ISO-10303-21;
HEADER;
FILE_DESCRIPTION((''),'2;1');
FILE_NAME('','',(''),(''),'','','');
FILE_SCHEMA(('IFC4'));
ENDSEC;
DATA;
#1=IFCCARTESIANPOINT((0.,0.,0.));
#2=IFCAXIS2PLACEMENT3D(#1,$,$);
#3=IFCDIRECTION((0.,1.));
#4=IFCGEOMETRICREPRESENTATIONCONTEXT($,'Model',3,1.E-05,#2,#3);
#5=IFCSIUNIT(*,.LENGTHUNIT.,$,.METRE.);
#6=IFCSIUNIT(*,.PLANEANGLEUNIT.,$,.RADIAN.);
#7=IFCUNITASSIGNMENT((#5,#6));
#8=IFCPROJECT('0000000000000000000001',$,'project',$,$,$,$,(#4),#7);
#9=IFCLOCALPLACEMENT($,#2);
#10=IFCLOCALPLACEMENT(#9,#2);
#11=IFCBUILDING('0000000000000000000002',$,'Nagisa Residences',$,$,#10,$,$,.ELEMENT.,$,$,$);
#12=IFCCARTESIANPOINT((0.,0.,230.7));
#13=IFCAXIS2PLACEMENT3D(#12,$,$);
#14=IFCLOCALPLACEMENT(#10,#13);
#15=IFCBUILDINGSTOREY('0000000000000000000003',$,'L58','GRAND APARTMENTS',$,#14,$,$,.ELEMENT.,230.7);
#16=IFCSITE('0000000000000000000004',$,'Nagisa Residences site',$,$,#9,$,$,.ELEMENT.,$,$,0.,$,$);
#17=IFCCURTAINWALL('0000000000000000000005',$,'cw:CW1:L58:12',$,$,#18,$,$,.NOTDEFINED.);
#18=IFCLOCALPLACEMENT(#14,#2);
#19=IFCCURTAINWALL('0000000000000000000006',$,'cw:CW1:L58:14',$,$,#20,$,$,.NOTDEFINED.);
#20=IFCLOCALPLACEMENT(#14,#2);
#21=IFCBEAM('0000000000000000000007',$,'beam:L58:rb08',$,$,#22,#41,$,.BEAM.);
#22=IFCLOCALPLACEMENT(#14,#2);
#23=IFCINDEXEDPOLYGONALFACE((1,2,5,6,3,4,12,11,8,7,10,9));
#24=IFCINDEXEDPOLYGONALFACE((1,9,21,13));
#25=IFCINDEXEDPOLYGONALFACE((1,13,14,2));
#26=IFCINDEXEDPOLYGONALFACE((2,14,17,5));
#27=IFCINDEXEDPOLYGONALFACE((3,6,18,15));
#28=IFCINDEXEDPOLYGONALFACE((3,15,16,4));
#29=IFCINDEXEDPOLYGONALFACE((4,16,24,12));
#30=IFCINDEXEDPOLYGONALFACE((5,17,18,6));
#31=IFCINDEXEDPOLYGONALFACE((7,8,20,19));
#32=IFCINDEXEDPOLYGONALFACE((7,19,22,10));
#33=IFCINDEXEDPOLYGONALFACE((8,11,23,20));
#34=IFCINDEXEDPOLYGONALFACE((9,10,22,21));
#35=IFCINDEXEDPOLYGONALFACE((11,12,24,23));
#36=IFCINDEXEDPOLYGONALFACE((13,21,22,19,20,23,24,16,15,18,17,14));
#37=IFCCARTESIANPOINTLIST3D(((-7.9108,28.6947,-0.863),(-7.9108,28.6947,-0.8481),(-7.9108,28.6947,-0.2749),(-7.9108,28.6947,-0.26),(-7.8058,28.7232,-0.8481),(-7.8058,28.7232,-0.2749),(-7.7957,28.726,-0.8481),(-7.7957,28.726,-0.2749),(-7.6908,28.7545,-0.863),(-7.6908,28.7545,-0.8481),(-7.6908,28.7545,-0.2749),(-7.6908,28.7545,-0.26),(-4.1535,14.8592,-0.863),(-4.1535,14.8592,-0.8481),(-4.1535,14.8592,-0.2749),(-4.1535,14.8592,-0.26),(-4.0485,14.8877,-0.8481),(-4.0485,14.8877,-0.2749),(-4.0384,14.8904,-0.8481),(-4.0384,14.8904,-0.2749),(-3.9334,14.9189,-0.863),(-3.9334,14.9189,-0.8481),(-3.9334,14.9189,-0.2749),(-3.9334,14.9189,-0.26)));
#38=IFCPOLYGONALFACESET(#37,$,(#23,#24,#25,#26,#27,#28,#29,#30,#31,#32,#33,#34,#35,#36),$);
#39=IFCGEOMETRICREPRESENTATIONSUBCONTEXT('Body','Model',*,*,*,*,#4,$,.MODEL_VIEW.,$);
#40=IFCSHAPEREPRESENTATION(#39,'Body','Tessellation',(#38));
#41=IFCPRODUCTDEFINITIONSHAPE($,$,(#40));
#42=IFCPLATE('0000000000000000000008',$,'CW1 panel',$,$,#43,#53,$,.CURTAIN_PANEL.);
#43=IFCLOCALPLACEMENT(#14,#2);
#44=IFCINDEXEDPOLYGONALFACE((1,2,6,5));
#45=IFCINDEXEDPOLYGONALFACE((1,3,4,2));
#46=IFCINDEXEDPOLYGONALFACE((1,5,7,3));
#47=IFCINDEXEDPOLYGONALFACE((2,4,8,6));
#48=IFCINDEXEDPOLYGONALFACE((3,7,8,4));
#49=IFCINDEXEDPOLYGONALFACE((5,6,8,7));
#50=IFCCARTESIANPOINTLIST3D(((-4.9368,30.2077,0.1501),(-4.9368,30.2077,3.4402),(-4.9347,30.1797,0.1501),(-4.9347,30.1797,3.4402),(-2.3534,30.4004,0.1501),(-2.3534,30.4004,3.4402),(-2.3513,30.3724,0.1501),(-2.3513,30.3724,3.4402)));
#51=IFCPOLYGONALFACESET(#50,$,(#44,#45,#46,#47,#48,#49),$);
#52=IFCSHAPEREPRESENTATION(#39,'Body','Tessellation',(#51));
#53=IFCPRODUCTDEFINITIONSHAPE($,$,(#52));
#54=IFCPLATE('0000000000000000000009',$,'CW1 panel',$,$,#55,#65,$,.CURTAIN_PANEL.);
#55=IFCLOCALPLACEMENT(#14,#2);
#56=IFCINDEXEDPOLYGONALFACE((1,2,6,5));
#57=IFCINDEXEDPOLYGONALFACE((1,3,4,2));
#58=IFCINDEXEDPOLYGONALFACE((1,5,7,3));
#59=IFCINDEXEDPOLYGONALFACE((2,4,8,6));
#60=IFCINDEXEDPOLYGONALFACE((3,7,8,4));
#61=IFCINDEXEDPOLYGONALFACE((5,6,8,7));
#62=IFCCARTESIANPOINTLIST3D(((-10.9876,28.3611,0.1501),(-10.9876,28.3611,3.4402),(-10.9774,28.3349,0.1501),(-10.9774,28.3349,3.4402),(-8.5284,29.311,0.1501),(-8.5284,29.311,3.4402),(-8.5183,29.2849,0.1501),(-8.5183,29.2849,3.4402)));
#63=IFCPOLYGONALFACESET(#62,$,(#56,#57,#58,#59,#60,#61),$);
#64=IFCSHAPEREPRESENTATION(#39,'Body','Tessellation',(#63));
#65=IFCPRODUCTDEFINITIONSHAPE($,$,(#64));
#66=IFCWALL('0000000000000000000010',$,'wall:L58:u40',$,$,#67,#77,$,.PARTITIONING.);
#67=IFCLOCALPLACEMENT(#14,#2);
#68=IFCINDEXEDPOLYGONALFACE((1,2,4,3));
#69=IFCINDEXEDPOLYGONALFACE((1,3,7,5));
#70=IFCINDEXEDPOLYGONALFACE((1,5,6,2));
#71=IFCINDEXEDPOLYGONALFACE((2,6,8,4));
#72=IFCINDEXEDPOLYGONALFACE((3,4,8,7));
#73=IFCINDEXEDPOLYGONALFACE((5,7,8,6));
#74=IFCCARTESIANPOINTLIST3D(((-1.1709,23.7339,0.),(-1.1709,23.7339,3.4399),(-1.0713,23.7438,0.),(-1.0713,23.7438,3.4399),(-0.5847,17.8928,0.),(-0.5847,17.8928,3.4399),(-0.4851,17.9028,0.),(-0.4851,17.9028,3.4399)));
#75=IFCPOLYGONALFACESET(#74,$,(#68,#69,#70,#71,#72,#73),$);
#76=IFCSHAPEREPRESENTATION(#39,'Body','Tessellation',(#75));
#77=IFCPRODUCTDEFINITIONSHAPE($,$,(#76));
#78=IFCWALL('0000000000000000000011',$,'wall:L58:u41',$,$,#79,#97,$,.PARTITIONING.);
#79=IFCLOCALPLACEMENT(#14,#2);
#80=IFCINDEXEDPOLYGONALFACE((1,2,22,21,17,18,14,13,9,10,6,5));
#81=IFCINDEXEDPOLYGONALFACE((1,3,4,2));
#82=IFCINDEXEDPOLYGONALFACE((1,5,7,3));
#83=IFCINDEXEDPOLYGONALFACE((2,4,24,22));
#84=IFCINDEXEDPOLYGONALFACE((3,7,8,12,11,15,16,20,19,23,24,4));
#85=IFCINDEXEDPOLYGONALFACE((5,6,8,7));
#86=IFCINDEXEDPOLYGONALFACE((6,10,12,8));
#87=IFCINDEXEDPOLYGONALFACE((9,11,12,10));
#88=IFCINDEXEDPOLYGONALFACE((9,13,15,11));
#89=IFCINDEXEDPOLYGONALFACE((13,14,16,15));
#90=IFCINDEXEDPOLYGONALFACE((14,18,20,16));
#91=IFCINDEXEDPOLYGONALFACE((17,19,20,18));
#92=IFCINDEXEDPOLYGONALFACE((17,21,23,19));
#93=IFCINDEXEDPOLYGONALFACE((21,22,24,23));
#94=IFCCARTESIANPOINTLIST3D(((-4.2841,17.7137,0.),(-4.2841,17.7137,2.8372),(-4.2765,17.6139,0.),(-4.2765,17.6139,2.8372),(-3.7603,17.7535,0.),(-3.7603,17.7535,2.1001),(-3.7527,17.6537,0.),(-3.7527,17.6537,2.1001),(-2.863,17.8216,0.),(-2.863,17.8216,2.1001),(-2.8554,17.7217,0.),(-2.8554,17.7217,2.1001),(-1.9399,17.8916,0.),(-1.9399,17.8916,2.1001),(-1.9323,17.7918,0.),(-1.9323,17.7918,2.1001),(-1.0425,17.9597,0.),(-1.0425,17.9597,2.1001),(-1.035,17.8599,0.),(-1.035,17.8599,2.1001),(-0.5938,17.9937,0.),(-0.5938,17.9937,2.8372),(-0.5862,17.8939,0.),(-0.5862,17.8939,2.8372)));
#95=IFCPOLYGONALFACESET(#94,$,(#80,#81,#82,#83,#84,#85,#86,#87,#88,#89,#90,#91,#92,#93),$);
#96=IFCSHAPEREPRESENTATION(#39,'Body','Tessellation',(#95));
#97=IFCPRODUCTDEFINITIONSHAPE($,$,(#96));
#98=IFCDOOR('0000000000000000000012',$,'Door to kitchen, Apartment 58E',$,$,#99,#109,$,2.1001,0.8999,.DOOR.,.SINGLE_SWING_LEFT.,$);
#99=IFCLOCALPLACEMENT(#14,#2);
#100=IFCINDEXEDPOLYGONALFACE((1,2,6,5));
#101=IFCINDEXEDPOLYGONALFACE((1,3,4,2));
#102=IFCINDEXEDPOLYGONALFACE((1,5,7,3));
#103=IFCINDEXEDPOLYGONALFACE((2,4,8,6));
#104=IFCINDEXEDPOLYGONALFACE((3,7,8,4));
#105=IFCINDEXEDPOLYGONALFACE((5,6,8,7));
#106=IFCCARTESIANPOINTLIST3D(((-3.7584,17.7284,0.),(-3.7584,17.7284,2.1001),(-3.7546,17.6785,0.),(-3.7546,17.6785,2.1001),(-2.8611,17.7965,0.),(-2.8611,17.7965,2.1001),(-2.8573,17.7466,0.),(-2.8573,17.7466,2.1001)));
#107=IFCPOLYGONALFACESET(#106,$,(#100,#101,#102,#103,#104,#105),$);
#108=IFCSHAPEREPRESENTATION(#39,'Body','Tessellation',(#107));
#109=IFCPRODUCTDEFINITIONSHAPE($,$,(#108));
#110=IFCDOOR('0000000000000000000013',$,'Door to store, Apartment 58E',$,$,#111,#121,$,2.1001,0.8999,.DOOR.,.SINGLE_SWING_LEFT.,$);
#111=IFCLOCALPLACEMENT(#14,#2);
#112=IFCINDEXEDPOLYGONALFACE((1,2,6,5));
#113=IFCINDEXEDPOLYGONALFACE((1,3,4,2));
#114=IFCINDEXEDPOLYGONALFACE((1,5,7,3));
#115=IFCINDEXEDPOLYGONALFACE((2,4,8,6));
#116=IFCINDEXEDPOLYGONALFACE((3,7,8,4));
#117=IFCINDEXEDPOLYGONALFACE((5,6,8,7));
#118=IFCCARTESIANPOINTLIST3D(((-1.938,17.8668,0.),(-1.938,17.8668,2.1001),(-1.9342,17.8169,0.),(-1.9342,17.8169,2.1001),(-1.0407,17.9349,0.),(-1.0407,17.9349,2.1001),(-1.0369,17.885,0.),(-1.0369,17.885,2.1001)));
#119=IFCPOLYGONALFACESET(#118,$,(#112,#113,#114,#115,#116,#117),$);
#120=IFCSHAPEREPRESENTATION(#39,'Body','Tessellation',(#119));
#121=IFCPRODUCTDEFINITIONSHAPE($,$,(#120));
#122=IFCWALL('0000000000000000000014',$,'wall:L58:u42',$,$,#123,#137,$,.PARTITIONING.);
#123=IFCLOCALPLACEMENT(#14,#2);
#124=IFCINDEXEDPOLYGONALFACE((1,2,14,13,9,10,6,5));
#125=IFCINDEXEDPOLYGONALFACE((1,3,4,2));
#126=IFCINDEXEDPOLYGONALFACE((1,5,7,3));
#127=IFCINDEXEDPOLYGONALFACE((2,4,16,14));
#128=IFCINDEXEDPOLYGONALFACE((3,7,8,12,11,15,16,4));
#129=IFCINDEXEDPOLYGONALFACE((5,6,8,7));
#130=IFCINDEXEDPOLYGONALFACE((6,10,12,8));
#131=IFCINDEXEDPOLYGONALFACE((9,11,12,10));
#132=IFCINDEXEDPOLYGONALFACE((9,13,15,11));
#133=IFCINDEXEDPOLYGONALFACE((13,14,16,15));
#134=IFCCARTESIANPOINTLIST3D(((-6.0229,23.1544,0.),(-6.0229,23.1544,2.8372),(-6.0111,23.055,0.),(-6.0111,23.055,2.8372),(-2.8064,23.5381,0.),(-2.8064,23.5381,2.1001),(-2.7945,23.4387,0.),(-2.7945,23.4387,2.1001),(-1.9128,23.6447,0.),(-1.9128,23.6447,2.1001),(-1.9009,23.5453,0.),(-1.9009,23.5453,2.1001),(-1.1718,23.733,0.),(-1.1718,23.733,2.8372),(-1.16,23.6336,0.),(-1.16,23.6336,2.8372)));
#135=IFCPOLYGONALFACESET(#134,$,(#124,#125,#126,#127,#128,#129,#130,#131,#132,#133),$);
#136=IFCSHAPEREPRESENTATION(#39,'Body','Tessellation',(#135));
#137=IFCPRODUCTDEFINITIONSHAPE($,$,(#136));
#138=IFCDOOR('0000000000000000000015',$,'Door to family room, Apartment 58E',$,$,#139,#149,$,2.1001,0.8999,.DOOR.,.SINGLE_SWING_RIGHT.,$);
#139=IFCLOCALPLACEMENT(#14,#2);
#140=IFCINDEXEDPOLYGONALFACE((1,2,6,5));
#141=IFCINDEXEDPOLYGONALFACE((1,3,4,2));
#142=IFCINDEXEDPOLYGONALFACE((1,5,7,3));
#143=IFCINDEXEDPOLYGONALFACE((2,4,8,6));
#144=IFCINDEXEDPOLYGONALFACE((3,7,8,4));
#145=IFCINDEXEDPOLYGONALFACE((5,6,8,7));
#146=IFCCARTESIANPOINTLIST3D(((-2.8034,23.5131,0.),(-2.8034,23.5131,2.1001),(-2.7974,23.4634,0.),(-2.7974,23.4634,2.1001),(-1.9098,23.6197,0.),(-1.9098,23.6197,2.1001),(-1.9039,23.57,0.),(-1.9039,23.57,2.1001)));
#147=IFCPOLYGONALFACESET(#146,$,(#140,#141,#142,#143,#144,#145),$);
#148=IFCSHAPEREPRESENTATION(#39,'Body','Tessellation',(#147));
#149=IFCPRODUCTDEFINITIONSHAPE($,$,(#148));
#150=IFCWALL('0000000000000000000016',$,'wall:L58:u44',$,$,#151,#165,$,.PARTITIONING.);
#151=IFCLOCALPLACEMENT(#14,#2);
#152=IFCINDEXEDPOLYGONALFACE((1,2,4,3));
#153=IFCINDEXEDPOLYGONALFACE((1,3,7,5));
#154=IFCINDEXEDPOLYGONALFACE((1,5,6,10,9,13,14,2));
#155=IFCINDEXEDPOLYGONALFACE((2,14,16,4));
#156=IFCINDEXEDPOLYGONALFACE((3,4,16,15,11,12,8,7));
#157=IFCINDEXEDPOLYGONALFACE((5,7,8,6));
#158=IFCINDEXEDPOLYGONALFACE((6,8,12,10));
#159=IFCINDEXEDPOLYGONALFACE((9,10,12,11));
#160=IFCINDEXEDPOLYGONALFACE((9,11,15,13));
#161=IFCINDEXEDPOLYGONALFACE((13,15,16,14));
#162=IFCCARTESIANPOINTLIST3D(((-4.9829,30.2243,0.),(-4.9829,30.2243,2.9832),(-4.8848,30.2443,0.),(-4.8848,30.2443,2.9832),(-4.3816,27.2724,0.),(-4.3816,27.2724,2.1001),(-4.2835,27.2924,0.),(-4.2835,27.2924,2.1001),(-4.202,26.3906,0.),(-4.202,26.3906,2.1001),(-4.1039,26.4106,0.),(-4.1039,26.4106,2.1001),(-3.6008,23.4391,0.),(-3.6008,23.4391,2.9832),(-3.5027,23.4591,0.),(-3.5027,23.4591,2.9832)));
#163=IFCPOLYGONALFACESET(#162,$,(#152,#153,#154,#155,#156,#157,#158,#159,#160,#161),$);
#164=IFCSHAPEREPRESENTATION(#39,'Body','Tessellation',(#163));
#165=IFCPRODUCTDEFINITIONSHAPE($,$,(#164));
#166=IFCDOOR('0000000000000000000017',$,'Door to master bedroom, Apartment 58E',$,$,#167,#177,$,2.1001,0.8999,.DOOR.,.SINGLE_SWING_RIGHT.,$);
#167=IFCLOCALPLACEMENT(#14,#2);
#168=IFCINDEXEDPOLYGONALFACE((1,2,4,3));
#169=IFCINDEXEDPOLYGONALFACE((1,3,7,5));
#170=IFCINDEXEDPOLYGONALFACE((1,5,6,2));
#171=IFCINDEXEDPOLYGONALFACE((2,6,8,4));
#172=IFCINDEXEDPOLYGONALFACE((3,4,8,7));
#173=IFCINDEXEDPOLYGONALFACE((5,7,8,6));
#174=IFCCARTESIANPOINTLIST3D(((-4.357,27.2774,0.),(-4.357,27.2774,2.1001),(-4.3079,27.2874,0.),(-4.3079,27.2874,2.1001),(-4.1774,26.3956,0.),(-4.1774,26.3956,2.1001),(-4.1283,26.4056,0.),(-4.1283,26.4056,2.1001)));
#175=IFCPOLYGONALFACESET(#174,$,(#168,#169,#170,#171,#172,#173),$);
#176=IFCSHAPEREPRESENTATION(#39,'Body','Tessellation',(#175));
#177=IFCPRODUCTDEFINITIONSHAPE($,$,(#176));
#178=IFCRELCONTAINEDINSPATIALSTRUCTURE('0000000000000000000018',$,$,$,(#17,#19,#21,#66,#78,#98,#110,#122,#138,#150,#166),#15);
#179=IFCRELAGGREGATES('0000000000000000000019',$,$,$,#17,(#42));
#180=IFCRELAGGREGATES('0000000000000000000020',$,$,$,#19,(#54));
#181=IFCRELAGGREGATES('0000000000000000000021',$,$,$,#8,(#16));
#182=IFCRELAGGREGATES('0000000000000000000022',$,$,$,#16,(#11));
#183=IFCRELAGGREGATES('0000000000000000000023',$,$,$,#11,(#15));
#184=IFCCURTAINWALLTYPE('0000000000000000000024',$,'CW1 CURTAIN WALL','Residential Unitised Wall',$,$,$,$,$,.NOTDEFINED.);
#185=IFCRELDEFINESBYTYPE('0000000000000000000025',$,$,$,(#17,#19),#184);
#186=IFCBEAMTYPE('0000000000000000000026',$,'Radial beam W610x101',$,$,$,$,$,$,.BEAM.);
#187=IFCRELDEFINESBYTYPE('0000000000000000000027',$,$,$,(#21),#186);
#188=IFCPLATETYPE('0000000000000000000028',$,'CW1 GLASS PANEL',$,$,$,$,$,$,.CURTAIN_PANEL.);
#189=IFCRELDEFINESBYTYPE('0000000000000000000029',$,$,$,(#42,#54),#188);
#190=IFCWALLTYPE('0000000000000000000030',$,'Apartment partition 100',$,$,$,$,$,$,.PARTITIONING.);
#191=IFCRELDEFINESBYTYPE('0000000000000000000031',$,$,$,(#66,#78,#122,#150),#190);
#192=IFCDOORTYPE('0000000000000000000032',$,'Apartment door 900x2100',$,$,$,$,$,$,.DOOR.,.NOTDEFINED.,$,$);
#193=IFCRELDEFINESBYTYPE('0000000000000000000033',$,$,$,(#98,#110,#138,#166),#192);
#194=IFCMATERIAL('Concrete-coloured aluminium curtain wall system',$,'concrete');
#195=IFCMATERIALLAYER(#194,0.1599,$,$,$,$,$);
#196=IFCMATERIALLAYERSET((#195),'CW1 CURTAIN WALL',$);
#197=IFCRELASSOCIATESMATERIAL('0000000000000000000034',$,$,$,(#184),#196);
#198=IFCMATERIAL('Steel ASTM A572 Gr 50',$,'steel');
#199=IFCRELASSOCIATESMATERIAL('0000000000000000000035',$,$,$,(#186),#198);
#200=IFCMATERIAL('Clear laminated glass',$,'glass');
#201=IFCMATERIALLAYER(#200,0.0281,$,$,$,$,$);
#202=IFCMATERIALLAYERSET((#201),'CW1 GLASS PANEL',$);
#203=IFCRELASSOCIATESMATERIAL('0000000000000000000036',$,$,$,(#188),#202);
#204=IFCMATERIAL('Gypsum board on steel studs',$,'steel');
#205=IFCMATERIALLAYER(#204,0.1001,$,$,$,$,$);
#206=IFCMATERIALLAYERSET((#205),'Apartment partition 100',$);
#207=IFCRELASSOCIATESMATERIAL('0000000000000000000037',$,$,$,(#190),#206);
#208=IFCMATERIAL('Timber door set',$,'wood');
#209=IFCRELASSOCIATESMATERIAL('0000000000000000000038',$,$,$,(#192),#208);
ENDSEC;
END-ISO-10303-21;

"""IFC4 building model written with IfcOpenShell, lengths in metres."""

from ifc_helpers import new_model, si_unit, direction, frame, frame_2d, origin, origin_2d, place, context, subcontext, project, spatial, rectangle, i_section, extrude, material, layer, layer_set, material_profile, profile_set, type_object, element, fill, aggregate, save


model = new_model("IFC4")

# Units and contexts
model_context = context("Model", 3, precision=1e-05, world=origin(), true_north=direction((0.0, 1.0)))
body_context = subcontext(model_context, "Body", "Model", "MODEL_VIEW")
ifc_project = project(units=[si_unit("LENGTHUNIT", "METRE"), si_unit("PLANEANGLEUNIT", "RADIAN")], contexts=[model_context])

# Site, building, storey
site_placement = place(None, origin())
site = spatial("IfcSite", under=ifc_project, at=site_placement, Name="Nagisa Residences site", CompositionType="ELEMENT", RefElevation=0.0)
building_placement = place(site_placement, origin())
building = spatial("IfcBuilding", under=site, at=building_placement, Name="Nagisa Residences", CompositionType="ELEMENT")
storey_placement = place(building_placement, frame((0.0, 0.0, 230.7)))
storey = spatial("IfcBuildingStorey", under=building, at=storey_placement, Name="L58", Description="GRAND APARTMENTS", CompositionType="ELEMENT", Elevation=230.7)

# Curtain walls
ifc_material_1 = material(Name="Concrete-coloured aluminium curtain wall system", Category="concrete")
ifc_layer_1 = layer(ifc_material_1, 0.1599)
ifc_layer_set_1 = layer_set([ifc_layer_1], Name="CW1 CURTAIN WALL")
curtain_wall_type = type_object("IfcCurtainWallType", Name="CW1 CURTAIN WALL", Description="Residential Unitised Wall", PredefinedType="NOTDEFINED", material=ifc_layer_set_1)
curtain_wall_1_placement = place(storey_placement, origin())
curtain_wall_1 = element("IfcCurtainWall", 1, at=curtain_wall_1_placement, inside=storey, type_object=curtain_wall_type, Name="cw:CW1:L58:12", PredefinedType="NOTDEFINED")
curtain_wall_2_placement = place(storey_placement, origin())
curtain_wall_2 = element("IfcCurtainWall", 2, at=curtain_wall_2_placement, inside=storey, type_object=curtain_wall_type, Name="cw:CW1:L58:14", PredefinedType="NOTDEFINED")

# Beam
ifc_material_2 = material(Name="Steel ASTM A572 Gr 50", Category="steel")
ifc_material_profile_1 = material_profile(ifc_material_2, i_section(OverallWidth=0.228, OverallDepth=0.603, WebThickness=0.0105, FlangeThickness=0.0149, at=origin_2d()), Name="W610x101")
ifc_profile_set_1 = profile_set([ifc_material_profile_1], Name="Steel ASTM A572 Gr 50")
beam_type_1 = type_object("IfcBeamType", Name="Radial beam W610x101", PredefinedType="BEAM", material=ifc_profile_set_1)
beam_1_placement = place(storey_placement, frame((-7.8008, 28.7246, -0.5615), z_axis=(0.26208, -0.965046, 0.0), x_axis=(0.965046, 0.26208, 0.0)))
element("IfcBeam", 3, at=beam_1_placement, inside=storey, type_object=beam_type_1, Name="beam:L58:rb08", PredefinedType="BEAM", context=body_context, shape_type="SweptSolid", body=[
    extrude(i_section(OverallWidth=0.228, OverallDepth=0.603, WebThickness=0.0105, FlangeThickness=0.0149, at=origin_2d()), origin(), (0.0, 0.0, 1.0), 14.3367),
])

# Plates
ifc_material_3 = material(Name="Clear laminated glass", Category="glass")
ifc_layer_2 = layer(ifc_material_3, 0.0281)
ifc_layer_set_2 = layer_set([ifc_layer_2], Name="CW1 GLASS PANEL")
plate_type = type_object("IfcPlateType", Name="CW1 GLASS PANEL", PredefinedType="CURTAIN_PANEL", material=ifc_layer_set_2)
plate_1_placement = place(storey_placement, frame((-3.644, 30.29, 0.1501), z_axis=(0.0, 0.0, 1.0), x_axis=(-0.99723, -0.074377, 0.0)))
plate_1 = element("IfcPlate", 4, at=plate_1_placement, type_object=plate_type, Name="CW1 panel", PredefinedType="CURTAIN_PANEL", context=body_context, shape_type="SweptSolid", body=[
    extrude(rectangle(XDim=2.5906, YDim=0.0281, at=origin_2d()), origin(), (0.0, 0.0, 1.0), 3.29),
])
aggregate(curtain_wall_1, [plate_1])
plate_2_placement = place(storey_placement, frame((-9.7529, 28.823, 0.1501), z_axis=(0.0, 0.0, 1.0), x_axis=(-0.932826, -0.360328, 0.0)))
plate_2 = element("IfcPlate", 5, at=plate_2_placement, type_object=plate_type, Name="CW1 panel", PredefinedType="CURTAIN_PANEL", context=body_context, shape_type="SweptSolid", body=[
    extrude(rectangle(XDim=2.6362, YDim=0.0281, at=origin_2d()), origin(), (0.0, 0.0, 1.0), 3.29),
])
aggregate(curtain_wall_2, [plate_2])

# Wall
ifc_material_4 = material(Name="Gypsum board on steel studs", Category="steel")
ifc_layer_3 = layer(ifc_material_4, 0.1001)
ifc_layer_set_3 = layer_set([ifc_layer_3], Name="Apartment partition 100")
wall_type_1 = type_object("IfcWallType", Name="Apartment partition 100", PredefinedType="PARTITIONING", material=ifc_layer_set_3)
wall_1_placement = place(storey_placement, frame((-0.5349, 17.8979, 0.0), z_axis=(0.0, 0.0, 1.0), x_axis=(-0.099854, 0.995002, 0.0)))
element("IfcWall", 6, at=wall_1_placement, inside=storey, type_object=wall_type_1, Name="wall:L58:u40", PredefinedType="PARTITIONING", context=body_context, shape_type="SweptSolid", body=[
    extrude(rectangle(XDim=5.8704, YDim=0.1001, at=frame_2d((2.9351, 0.0))), origin(), (0.0, 0.0, 1.0), 3.4399),
])

# Wall, openings, doors
wall_2_placement = place(storey_placement, frame((-0.5898, 17.9438, 0.0), z_axis=(0.0, 0.0, 1.0), x_axis=(-0.997133, -0.075662, 0.0)))
wall_2 = element("IfcWall", 7, at=wall_2_placement, inside=storey, type_object=wall_type_1, Name="wall:L58:u41", PredefinedType="PARTITIONING", context=body_context, shape_type="SweptSolid", body=[
    extrude(rectangle(XDim=3.7009, YDim=0.1001, at=frame_2d((1.8506, 0.0))), origin(), (0.0, 0.0, 1.0), 2.8372),
])
opening_1_placement = place(wall_2_placement, frame((2.2759, 0.0, 0.0)))
opening_1 = element("IfcOpeningElement", 8, at=opening_1_placement, cuts=wall_2, PredefinedType="OPENING", context=body_context, shape_type="SweptSolid", body=[
    extrude(rectangle(XDim=0.8999, YDim=2.1001, at=frame_2d((0.45, 1.05))), frame((0.0, 0.0601, 0.0), z_axis=(0.0, -1.0, 0.0), x_axis=(1.0, 0.0, 0.0)), (0.0, 0.0, 1.0), 0.1201),
])
opening_2_placement = place(wall_2_placement, frame((0.4502, 0.0, 0.0)))
opening_2 = element("IfcOpeningElement", 9, at=opening_2_placement, cuts=wall_2, PredefinedType="OPENING", context=body_context, shape_type="SweptSolid", body=[
    extrude(rectangle(XDim=0.8999, YDim=2.1001, at=frame_2d((0.45, 1.05))), frame((0.0, 0.0601, 0.0), z_axis=(0.0, -1.0, 0.0), x_axis=(1.0, 0.0, 0.0)), (0.0, 0.0, 1.0), 0.1201),
])
ifc_material_5 = material(Name="Timber door set", Category="wood")
door_type_1 = type_object("IfcDoorType", Name="Apartment door 900x2100", OperationType="NOTDEFINED", PredefinedType="DOOR", material=ifc_material_5)
door_1_placement = place(opening_1_placement, frame((0.8999, 0.0, 0.0), x_axis=(-1.0, 0.0, 0.0)))
door_1 = element("IfcDoor", 10, at=door_1_placement, inside=storey, type_object=door_type_1, Name="Door to kitchen, Apartment 58E", OperationType="SINGLE_SWING_LEFT", OverallHeight=2.1001, OverallWidth=0.8999, PredefinedType="DOOR", context=body_context, shape_type="SweptSolid", body=[
    extrude(rectangle(XDim=0.8999, YDim=2.1001, at=frame_2d((0.45, 1.05))), frame((0.0, 0.0249, 0.0), z_axis=(0.0, -1.0, 0.0), x_axis=(1.0, 0.0, 0.0)), (0.0, 0.0, 1.0), 0.05),
])
fill(opening_1, door_1)
door_2_placement = place(opening_2_placement, origin())
door_2 = element("IfcDoor", 11, at=door_2_placement, inside=storey, type_object=door_type_1, Name="Door to store, Apartment 58E", OperationType="SINGLE_SWING_LEFT", OverallHeight=2.1001, OverallWidth=0.8999, PredefinedType="DOOR", context=body_context, shape_type="SweptSolid", body=[
    extrude(rectangle(XDim=0.8999, YDim=2.1001, at=frame_2d((0.45, 1.05))), frame((0.0, 0.0249, 0.0), z_axis=(0.0, -1.0, 0.0), x_axis=(1.0, 0.0, 0.0)), (0.0, 0.0, 1.0), 0.05),
])
fill(opening_2, door_2)

# Walls, openings, doors
wall_3_placement = place(storey_placement, frame((-1.1658, 23.6833, 0.0), z_axis=(0.0, 0.0, 1.0), x_axis=(-0.992962, -0.118436, 0.0)))
wall_3 = element("IfcWall", 12, at=wall_3_placement, inside=storey, type_object=wall_type_1, Name="wall:L58:u42", PredefinedType="PARTITIONING", context=body_context, shape_type="SweptSolid", body=[
    extrude(rectangle(XDim=4.8855, YDim=0.1001, at=frame_2d((2.4429, 0.0))), origin(), (0.0, 0.0, 1.0), 2.8372),
])
opening_3_placement = place(wall_3_placement, frame((0.7463, 0.0, 0.0)))
opening_3 = element("IfcOpeningElement", 13, at=opening_3_placement, cuts=wall_3, PredefinedType="OPENING", context=body_context, shape_type="SweptSolid", body=[
    extrude(rectangle(XDim=0.8999, YDim=2.1001, at=frame_2d((0.45, 1.05))), frame((0.0, 0.0601, 0.0), z_axis=(0.0, -1.0, 0.0), x_axis=(1.0, 0.0, 0.0)), (0.0, 0.0, 1.0), 0.1201),
])
door_3_placement = place(opening_3_placement, frame((0.8999, 0.0, 0.0), x_axis=(-1.0, 0.0, 0.0)))
door_3 = element("IfcDoor", 14, at=door_3_placement, inside=storey, type_object=door_type_1, Name="Door to family room, Apartment 58E", OperationType="SINGLE_SWING_RIGHT", OverallHeight=2.1001, OverallWidth=0.8999, PredefinedType="DOOR", context=body_context, shape_type="SweptSolid", body=[
    extrude(rectangle(XDim=0.8999, YDim=2.1001, at=frame_2d((0.45, 1.05))), frame((0.0, 0.0249, 0.0), z_axis=(0.0, -1.0, 0.0), x_axis=(1.0, 0.0, 0.0)), (0.0, 0.0, 1.0), 0.05),
])
fill(opening_3, door_3)
wall_4_placement = place(storey_placement, frame((-3.5518, 23.449, 0.0), z_axis=(0.0, 0.0, 1.0), x_axis=(-0.199593, 0.979879, 0.0)))
wall_4 = element("IfcWall", 15, at=wall_4_placement, inside=storey, type_object=wall_type_1, Name="wall:L58:u44", PredefinedType="PARTITIONING", context=body_context, shape_type="SweptSolid", body=[
    extrude(rectangle(XDim=6.9246, YDim=0.1001, at=frame_2d((3.4624, 0.0))), origin(), (0.0, 0.0, 1.0), 2.9832),
])
opening_4_placement = place(wall_4_placement, frame((3.0122, 0.0, 0.0)))
opening_4 = element("IfcOpeningElement", 16, at=opening_4_placement, cuts=wall_4, PredefinedType="OPENING", context=body_context, shape_type="SweptSolid", body=[
    extrude(rectangle(XDim=0.8999, YDim=2.1001, at=frame_2d((0.45, 1.05))), frame((0.0, 0.0601, 0.0), z_axis=(0.0, -1.0, 0.0), x_axis=(1.0, 0.0, 0.0)), (0.0, 0.0, 1.0), 0.1201),
])
door_4_placement = place(opening_4_placement, origin())
door_4 = element("IfcDoor", 17, at=door_4_placement, inside=storey, type_object=door_type_1, Name="Door to master bedroom, Apartment 58E", OperationType="SINGLE_SWING_RIGHT", OverallHeight=2.1001, OverallWidth=0.8999, PredefinedType="DOOR", context=body_context, shape_type="SweptSolid", body=[
    extrude(rectangle(XDim=0.8999, YDim=2.1001, at=frame_2d((0.45, 1.05))), frame((0.0, 0.0249, 0.0), z_axis=(0.0, -1.0, 0.0), x_axis=(1.0, 0.0, 0.0)), (0.0, 0.0, 1.0), 0.05),
])
fill(opening_4, door_4)

save(model, "model.ifc")
